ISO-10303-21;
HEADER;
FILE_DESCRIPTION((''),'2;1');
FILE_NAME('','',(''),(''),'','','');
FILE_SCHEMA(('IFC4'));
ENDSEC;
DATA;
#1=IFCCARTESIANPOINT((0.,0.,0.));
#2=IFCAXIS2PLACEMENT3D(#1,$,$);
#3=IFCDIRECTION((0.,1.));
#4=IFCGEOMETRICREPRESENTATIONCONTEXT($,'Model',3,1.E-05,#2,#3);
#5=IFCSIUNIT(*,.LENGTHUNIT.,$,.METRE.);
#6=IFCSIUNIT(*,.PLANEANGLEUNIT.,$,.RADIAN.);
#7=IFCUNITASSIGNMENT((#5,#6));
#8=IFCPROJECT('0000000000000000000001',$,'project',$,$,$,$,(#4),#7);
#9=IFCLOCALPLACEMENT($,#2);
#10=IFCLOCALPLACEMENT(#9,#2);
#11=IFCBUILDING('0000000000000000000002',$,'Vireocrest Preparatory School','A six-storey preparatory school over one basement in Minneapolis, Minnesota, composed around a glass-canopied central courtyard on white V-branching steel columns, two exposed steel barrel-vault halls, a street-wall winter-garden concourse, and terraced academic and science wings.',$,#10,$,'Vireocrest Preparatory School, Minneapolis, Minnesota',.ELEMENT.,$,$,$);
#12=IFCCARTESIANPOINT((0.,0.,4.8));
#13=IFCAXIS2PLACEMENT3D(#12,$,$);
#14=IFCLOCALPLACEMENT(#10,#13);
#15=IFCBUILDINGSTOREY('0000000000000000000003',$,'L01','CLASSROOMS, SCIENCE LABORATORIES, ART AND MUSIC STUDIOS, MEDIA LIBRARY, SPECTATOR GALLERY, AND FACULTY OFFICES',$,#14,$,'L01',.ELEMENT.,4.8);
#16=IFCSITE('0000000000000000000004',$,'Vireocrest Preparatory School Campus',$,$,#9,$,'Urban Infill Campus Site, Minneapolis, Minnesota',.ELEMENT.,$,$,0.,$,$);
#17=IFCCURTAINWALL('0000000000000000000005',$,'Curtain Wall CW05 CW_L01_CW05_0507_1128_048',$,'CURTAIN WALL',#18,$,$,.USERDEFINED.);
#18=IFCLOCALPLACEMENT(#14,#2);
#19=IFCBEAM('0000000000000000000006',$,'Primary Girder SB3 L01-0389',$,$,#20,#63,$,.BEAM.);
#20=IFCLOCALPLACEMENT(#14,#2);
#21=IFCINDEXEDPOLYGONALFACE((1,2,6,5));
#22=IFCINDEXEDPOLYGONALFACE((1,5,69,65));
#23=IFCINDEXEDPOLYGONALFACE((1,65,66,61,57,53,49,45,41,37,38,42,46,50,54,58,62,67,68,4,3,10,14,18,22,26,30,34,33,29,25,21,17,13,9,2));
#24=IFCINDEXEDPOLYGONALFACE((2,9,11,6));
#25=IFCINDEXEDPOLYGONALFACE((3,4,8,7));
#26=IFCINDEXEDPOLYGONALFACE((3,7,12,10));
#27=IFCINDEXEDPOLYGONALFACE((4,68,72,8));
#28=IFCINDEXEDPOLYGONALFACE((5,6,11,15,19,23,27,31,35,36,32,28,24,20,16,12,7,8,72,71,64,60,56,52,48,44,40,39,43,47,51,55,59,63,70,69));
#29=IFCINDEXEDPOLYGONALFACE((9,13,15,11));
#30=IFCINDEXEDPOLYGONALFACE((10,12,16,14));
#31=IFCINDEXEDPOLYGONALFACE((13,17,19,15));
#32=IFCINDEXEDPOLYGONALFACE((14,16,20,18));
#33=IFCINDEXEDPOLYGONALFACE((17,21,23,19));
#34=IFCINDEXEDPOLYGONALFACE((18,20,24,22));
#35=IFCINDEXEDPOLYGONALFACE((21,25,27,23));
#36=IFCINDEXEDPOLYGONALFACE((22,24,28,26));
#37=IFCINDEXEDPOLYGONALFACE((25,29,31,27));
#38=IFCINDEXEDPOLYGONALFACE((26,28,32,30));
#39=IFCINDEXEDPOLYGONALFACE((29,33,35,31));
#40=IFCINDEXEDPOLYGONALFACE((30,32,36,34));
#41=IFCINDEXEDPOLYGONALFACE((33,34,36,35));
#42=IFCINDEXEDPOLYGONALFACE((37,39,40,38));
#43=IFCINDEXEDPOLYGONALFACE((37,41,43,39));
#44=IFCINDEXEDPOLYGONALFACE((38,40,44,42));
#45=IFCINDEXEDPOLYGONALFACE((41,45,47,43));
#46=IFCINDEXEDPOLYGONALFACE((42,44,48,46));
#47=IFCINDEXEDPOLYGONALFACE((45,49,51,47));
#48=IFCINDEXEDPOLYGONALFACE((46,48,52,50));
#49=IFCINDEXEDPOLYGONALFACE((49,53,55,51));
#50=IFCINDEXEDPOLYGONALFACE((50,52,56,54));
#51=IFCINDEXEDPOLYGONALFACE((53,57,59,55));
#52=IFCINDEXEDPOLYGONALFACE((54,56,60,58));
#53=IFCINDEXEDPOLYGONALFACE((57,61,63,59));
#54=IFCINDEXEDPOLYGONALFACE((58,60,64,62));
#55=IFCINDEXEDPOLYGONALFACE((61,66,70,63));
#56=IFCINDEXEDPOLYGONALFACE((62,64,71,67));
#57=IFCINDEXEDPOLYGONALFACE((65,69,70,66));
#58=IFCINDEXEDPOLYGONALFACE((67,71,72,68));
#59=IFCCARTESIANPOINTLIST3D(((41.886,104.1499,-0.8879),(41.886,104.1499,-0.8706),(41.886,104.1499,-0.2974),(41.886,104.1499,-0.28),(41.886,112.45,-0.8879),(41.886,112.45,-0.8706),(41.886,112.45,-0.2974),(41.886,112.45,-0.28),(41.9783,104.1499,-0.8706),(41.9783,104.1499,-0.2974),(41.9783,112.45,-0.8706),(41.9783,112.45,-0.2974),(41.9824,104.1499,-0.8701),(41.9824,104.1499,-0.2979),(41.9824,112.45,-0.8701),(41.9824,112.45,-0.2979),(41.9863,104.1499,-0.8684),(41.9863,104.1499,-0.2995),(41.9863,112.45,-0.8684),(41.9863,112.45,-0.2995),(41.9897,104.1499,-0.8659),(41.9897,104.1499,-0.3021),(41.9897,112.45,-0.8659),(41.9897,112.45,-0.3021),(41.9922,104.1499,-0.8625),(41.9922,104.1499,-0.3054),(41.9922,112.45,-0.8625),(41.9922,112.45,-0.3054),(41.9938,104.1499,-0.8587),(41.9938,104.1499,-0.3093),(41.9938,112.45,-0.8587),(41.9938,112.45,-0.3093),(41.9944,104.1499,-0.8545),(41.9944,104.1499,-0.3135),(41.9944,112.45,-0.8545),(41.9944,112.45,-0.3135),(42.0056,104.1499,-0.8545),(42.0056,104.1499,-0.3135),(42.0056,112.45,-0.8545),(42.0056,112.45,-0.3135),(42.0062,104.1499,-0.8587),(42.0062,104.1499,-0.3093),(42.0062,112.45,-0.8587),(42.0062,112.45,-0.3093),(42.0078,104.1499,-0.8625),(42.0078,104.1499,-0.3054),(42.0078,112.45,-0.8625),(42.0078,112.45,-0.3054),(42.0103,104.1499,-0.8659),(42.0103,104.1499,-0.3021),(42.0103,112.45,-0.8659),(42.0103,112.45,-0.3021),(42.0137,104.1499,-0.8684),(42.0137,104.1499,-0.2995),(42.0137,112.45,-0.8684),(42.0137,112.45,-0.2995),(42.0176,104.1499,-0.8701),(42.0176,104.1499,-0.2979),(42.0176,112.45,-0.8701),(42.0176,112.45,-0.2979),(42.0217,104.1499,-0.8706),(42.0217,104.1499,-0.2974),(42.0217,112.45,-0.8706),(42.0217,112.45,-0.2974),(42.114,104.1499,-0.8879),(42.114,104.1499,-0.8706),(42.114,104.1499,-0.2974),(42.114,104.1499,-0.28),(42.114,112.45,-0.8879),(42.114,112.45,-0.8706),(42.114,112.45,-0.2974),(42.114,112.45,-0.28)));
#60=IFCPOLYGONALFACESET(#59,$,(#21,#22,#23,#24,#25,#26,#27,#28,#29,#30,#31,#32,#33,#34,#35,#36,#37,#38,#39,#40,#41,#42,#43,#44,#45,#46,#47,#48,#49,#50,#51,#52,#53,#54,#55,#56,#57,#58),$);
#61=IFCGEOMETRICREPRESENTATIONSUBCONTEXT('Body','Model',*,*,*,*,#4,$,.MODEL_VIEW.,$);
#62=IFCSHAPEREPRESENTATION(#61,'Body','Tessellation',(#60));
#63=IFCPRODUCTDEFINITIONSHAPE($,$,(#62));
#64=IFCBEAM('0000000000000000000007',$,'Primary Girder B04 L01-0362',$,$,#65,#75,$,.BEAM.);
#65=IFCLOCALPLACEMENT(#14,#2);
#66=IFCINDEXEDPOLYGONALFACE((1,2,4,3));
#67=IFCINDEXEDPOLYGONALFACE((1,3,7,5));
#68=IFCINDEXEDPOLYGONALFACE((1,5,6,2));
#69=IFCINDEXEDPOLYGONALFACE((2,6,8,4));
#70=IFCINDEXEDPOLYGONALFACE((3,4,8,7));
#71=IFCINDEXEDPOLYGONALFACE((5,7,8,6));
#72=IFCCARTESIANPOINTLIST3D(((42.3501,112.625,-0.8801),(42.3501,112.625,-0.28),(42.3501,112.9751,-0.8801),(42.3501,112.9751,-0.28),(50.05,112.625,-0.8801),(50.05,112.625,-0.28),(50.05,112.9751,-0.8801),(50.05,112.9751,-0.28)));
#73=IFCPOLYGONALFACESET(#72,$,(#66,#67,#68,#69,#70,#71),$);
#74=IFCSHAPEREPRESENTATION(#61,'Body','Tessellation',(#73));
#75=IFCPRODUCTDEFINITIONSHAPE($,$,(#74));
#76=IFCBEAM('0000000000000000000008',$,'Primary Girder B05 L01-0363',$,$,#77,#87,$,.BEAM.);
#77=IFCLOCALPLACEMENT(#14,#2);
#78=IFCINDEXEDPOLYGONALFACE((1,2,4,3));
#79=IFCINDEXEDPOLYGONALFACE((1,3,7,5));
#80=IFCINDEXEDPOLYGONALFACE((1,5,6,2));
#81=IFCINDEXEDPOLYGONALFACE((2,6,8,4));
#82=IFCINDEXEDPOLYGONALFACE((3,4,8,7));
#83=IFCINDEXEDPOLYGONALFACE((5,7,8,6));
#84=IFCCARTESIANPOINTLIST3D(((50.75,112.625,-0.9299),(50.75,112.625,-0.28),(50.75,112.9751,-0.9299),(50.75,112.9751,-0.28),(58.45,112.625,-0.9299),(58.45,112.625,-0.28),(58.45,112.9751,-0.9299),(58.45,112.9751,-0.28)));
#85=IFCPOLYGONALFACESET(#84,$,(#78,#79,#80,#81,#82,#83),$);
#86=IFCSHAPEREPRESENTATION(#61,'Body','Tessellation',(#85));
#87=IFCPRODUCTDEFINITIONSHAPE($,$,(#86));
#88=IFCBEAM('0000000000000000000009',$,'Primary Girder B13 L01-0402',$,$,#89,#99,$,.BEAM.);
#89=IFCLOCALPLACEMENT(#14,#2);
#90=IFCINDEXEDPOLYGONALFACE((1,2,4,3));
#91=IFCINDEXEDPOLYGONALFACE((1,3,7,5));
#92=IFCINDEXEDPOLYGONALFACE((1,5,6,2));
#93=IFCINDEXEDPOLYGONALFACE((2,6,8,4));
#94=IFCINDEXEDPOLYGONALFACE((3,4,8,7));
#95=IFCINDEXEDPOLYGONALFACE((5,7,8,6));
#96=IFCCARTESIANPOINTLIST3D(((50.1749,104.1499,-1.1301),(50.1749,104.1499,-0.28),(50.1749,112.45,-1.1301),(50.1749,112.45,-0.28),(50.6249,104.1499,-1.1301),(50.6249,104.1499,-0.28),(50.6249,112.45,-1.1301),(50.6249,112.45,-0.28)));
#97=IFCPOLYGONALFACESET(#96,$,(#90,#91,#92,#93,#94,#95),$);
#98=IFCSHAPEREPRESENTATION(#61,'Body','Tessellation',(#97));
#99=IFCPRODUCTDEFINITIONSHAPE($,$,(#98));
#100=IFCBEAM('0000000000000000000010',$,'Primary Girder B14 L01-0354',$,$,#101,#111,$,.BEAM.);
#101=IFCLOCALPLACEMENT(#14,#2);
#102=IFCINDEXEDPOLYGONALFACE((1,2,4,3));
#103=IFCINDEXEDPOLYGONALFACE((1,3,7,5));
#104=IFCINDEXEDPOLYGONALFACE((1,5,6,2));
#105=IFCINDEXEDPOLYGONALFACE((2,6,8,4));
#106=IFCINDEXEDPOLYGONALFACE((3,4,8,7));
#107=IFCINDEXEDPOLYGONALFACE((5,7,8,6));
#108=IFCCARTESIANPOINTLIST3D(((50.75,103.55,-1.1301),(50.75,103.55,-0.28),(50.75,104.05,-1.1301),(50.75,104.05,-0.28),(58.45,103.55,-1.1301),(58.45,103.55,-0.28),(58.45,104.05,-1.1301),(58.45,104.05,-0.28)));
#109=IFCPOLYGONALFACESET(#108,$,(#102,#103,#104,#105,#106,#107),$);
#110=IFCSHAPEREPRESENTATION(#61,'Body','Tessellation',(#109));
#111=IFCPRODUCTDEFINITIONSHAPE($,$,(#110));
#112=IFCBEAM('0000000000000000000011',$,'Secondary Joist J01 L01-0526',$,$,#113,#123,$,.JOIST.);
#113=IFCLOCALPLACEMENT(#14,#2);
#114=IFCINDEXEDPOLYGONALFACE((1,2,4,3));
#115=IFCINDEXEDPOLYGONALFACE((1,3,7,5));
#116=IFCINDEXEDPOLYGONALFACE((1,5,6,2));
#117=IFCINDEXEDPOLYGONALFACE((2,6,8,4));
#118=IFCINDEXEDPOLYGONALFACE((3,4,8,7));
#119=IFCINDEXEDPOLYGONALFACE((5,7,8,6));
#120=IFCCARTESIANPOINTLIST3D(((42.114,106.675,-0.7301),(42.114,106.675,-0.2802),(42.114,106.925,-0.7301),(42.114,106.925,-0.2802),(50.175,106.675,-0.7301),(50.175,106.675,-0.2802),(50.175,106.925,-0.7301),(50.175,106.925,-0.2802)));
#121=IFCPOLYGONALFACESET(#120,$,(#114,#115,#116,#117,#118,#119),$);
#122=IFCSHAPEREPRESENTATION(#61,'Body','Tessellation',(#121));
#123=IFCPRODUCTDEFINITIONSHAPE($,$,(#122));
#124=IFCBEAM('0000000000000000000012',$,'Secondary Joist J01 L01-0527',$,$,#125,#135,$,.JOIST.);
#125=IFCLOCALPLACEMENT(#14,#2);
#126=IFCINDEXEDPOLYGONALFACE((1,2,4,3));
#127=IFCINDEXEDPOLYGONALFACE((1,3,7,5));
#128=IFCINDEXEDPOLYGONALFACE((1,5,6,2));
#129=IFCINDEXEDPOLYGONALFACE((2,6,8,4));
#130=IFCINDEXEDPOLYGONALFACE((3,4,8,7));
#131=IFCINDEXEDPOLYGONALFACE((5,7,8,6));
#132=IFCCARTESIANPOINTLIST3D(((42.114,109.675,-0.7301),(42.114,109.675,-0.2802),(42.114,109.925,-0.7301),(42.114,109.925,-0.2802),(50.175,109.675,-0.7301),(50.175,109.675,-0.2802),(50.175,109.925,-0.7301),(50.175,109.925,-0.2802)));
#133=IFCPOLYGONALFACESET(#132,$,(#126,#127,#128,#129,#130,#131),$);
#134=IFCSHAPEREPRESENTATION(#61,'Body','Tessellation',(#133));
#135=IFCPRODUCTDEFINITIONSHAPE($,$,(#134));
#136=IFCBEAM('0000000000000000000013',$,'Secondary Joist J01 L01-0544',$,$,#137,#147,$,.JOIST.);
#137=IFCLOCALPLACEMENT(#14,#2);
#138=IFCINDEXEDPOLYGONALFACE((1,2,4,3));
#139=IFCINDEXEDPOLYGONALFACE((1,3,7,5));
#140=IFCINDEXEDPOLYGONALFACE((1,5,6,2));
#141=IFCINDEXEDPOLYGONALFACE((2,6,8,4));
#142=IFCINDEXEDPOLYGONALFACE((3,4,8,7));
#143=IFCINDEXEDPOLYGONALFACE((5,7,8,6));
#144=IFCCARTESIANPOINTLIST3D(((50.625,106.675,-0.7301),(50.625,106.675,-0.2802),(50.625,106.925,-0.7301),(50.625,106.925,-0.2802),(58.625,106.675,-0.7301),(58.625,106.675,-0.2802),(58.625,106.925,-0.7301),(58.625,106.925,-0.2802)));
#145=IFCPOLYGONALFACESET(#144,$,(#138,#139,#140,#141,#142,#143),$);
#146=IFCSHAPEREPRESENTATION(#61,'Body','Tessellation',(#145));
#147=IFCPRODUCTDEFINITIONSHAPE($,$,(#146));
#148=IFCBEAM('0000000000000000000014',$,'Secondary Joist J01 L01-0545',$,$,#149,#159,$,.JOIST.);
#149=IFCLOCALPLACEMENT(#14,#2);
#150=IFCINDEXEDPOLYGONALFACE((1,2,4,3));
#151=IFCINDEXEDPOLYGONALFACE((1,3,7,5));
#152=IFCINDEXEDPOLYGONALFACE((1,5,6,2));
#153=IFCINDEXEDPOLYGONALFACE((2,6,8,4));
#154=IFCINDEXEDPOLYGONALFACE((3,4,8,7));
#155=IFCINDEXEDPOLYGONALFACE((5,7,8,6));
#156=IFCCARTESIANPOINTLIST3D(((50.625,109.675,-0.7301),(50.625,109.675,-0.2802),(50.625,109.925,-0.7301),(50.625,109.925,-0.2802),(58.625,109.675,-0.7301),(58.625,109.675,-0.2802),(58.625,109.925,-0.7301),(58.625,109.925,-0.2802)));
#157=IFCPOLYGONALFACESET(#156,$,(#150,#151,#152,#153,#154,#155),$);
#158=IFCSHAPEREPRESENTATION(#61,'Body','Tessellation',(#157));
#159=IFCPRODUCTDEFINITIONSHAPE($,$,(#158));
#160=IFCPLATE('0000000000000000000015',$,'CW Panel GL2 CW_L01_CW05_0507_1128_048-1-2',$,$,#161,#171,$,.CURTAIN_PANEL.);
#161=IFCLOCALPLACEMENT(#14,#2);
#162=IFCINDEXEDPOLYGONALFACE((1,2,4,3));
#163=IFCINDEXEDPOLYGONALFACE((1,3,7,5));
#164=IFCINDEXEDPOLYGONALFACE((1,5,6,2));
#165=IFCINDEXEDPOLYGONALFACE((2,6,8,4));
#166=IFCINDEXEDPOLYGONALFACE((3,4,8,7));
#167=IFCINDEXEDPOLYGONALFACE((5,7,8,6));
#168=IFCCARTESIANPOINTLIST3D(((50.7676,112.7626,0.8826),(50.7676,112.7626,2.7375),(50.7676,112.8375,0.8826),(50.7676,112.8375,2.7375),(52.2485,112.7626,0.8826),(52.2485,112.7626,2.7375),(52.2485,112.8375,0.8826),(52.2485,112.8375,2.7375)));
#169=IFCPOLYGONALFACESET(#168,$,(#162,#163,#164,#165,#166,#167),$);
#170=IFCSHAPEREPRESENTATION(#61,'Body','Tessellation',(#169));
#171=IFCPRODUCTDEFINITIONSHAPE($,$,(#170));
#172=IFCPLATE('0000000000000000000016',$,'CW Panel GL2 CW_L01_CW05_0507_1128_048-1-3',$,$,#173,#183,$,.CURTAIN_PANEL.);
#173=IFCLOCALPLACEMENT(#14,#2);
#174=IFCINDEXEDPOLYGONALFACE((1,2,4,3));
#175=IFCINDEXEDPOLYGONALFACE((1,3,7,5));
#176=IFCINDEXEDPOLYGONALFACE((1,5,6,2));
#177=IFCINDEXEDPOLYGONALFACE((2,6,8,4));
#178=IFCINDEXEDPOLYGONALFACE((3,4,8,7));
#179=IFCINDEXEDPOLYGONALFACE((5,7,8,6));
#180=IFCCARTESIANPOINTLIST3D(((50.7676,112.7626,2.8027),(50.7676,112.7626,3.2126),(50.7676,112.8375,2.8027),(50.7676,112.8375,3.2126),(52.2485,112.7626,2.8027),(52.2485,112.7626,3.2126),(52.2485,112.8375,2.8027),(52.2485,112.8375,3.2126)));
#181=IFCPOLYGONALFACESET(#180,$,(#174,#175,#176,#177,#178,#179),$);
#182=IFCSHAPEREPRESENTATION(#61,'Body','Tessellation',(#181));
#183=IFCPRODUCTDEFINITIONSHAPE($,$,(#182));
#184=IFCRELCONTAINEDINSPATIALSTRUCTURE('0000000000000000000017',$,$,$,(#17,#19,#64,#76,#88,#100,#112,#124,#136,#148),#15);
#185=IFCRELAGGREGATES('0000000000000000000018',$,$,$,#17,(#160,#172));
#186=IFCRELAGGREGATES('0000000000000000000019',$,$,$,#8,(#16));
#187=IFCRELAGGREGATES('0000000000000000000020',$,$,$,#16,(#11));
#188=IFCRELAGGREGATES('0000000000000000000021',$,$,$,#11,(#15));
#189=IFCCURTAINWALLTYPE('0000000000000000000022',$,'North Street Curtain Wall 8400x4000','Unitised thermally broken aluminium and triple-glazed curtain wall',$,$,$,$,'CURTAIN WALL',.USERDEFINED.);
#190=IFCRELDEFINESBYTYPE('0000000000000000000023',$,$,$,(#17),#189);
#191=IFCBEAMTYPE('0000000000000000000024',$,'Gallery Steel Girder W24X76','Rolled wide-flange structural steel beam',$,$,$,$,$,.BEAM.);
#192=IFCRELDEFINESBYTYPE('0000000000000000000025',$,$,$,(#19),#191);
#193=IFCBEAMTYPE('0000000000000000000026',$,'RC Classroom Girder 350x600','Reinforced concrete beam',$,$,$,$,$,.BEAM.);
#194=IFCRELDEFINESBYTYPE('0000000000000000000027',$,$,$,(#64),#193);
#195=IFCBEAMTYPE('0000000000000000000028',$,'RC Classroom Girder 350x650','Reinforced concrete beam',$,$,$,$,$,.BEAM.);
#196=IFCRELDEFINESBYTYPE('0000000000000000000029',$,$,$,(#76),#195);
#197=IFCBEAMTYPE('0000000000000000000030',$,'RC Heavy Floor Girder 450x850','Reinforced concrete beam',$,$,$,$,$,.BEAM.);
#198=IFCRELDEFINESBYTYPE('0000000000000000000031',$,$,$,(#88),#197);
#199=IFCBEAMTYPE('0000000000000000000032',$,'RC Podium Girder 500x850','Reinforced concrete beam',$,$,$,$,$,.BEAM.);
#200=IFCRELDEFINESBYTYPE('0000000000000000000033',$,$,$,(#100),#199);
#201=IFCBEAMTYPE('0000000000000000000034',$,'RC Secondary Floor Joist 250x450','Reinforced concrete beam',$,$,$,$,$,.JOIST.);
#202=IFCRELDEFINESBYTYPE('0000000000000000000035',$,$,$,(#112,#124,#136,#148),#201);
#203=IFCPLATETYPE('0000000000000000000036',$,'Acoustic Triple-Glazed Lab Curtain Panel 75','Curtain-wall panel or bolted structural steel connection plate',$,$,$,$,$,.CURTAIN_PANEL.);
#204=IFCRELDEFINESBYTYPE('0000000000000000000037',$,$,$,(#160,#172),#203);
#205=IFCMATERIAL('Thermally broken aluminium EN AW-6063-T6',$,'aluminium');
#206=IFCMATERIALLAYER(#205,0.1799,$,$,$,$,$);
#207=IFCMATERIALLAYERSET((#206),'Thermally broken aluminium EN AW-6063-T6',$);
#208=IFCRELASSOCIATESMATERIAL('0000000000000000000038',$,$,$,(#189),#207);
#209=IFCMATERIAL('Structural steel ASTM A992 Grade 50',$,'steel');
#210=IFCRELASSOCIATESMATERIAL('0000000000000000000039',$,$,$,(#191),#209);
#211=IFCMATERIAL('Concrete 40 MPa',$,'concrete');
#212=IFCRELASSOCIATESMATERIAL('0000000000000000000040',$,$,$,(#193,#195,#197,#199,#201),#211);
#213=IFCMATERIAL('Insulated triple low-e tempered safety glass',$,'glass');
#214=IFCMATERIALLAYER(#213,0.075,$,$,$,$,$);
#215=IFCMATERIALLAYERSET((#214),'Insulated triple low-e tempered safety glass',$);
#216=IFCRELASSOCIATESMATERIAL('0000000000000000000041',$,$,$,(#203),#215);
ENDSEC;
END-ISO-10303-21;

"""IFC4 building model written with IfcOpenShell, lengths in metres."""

from ifc_helpers import new_model, si_unit, direction, frame, origin, origin_2d, place, context, subcontext, project, spatial, rectangle, i_section, extrude, material, layer, layer_set, material_profile, profile_set, type_object, element, aggregate, save


model = new_model("IFC4")

# Units and contexts
model_context = context("Model", 3, precision=1e-05, world=origin(), true_north=direction((0.0, 1.0)))
body_context = subcontext(model_context, "Body", "Model", "MODEL_VIEW")
ifc_project = project(units=[si_unit("LENGTHUNIT", "METRE"), si_unit("PLANEANGLEUNIT", "RADIAN")], contexts=[model_context])

# Site, building, storey
site_placement = place(None, origin())
site = spatial("IfcSite", under=ifc_project, at=site_placement, Name="Vireocrest Preparatory School Campus", LongName="Urban Infill Campus Site, Minneapolis, Minnesota", CompositionType="ELEMENT", RefElevation=0.0)
building_placement = place(site_placement, origin())
building = spatial("IfcBuilding", under=site, at=building_placement, Name="Vireocrest Preparatory School", Description="A six-storey preparatory school over one basement in Minneapolis, Minnesota, composed around a glass-canopied central courtyard on white V-branching steel columns, two exposed steel barrel-vault halls, a street-wall winter-garden concourse, and terraced academic and science wings.", LongName="Vireocrest Preparatory School, Minneapolis, Minnesota", CompositionType="ELEMENT")
storey_placement = place(building_placement, frame((0.0, 0.0, 4.8)))
storey = spatial("IfcBuildingStorey", under=building, at=storey_placement, Name="L01", Description="CLASSROOMS, SCIENCE LABORATORIES, ART AND MUSIC STUDIOS, MEDIA LIBRARY, SPECTATOR GALLERY, AND FACULTY OFFICES", LongName="L01", CompositionType="ELEMENT", Elevation=4.8)

# Curtain wall
ifc_material_1 = material(Name="Thermally broken aluminium EN AW-6063-T6", Category="aluminium")
ifc_layer_1 = layer(ifc_material_1, 0.1799)
ifc_layer_set_1 = layer_set([ifc_layer_1], Name="Thermally broken aluminium EN AW-6063-T6")
curtain_wall_type = type_object("IfcCurtainWallType", Name="North Street Curtain Wall 8400x4000", Description="Unitised thermally broken aluminium and triple-glazed curtain wall", ElementType="CURTAIN WALL", PredefinedType="USERDEFINED", material=ifc_layer_set_1)
curtain_wall_placement = place(storey_placement, origin())
curtain_wall = element("IfcCurtainWall", 1, at=curtain_wall_placement, inside=storey, type_object=curtain_wall_type, Name="Curtain Wall CW05 CW_L01_CW05_0507_1128_048", ObjectType="CURTAIN WALL", PredefinedType="USERDEFINED")

# Beams
ifc_material_2 = material(Name="Structural steel ASTM A992 Grade 50", Category="steel")
ifc_material_profile_1 = material_profile(ifc_material_2, i_section(OverallWidth=0.228, OverallDepth=0.6079, WebThickness=0.0112, FlangeThickness=0.0173, FilletRadius=0.0161, at=origin_2d()), Name="W24X76")
ifc_profile_set_1 = profile_set([ifc_material_profile_1], Name="Structural steel ASTM A992 Grade 50")
beam_type_1 = type_object("IfcBeamType", Name="Gallery Steel Girder W24X76", Description="Rolled wide-flange structural steel beam", PredefinedType="BEAM", material=ifc_profile_set_1)
beam_1_placement = place(storey_placement, frame((42.0, 104.1499, -0.584), z_axis=(0.0, 1.0, 0.0), x_axis=(-1.0, 0.0, 0.0)))
element("IfcBeam", 2, at=beam_1_placement, inside=storey, type_object=beam_type_1, Name="Primary Girder SB3 L01-0389", PredefinedType="BEAM", context=body_context, shape_type="SweptSolid", body=[
    extrude(i_section(OverallWidth=0.228, OverallDepth=0.6079, WebThickness=0.0112, FlangeThickness=0.0173, FilletRadius=0.0161, at=origin_2d()), origin(), (0.0, 0.0, 1.0), 8.3),
])
ifc_material_3 = material(Name="Concrete 40 MPa", Category="concrete")
ifc_material_profile_2 = material_profile(ifc_material_3, rectangle(XDim=0.3501, YDim=0.6001, at=origin_2d()), Name="RC 350x600")
ifc_profile_set_2 = profile_set([ifc_material_profile_2], Name="Concrete 40 MPa")
beam_type_2 = type_object("IfcBeamType", Name="RC Classroom Girder 350x600", Description="Reinforced concrete beam", PredefinedType="BEAM", material=ifc_profile_set_2)
beam_2_placement = place(storey_placement, frame((42.3501, 112.8, -0.5801), z_axis=(1.0, 0.0, 0.0), x_axis=(0.0, 1.0, 0.0)))
element("IfcBeam", 3, at=beam_2_placement, inside=storey, type_object=beam_type_2, Name="Primary Girder B04 L01-0362", PredefinedType="BEAM", context=body_context, shape_type="SweptSolid", body=[
    extrude(rectangle(XDim=0.3501, YDim=0.6001, at=origin_2d()), origin(), (0.0, 0.0, 1.0), 7.7),
])
ifc_material_profile_3 = material_profile(ifc_material_3, rectangle(XDim=0.3501, YDim=0.6499, at=origin_2d()), Name="RC 350x650")
ifc_profile_set_3 = profile_set([ifc_material_profile_3], Name="Concrete 40 MPa")
beam_type_3 = type_object("IfcBeamType", Name="RC Classroom Girder 350x650", Description="Reinforced concrete beam", PredefinedType="BEAM", material=ifc_profile_set_3)
beam_3_placement = place(storey_placement, frame((50.75, 112.8, -0.605), z_axis=(1.0, 0.0, 0.0), x_axis=(0.0, 1.0, 0.0)))
element("IfcBeam", 4, at=beam_3_placement, inside=storey, type_object=beam_type_3, Name="Primary Girder B05 L01-0363", PredefinedType="BEAM", context=body_context, shape_type="SweptSolid", body=[
    extrude(rectangle(XDim=0.3501, YDim=0.6499, at=origin_2d()), origin(), (0.0, 0.0, 1.0), 7.7),
])
ifc_material_profile_4 = material_profile(ifc_material_3, rectangle(XDim=0.45, YDim=0.8501, at=origin_2d()), Name="RC 450x850")
ifc_profile_set_4 = profile_set([ifc_material_profile_4], Name="Concrete 40 MPa")
beam_type_4 = type_object("IfcBeamType", Name="RC Heavy Floor Girder 450x850", Description="Reinforced concrete beam", PredefinedType="BEAM", material=ifc_profile_set_4)
beam_4_placement = place(storey_placement, frame((50.3999, 104.1499, -0.7051), z_axis=(0.0, 1.0, 0.0), x_axis=(-1.0, 0.0, 0.0)))
element("IfcBeam", 5, at=beam_4_placement, inside=storey, type_object=beam_type_4, Name="Primary Girder B13 L01-0402", PredefinedType="BEAM", context=body_context, shape_type="SweptSolid", body=[
    extrude(rectangle(XDim=0.45, YDim=0.8501, at=origin_2d()), origin(), (0.0, 0.0, 1.0), 8.3),
])
ifc_material_profile_5 = material_profile(ifc_material_3, rectangle(XDim=0.5, YDim=0.8501, at=origin_2d()), Name="RC 500x850")
ifc_profile_set_5 = profile_set([ifc_material_profile_5], Name="Concrete 40 MPa")
beam_type_5 = type_object("IfcBeamType", Name="RC Podium Girder 500x850", Description="Reinforced concrete beam", PredefinedType="BEAM", material=ifc_profile_set_5)
beam_5_placement = place(storey_placement, frame((50.75, 103.8, -0.7051), z_axis=(1.0, 0.0, 0.0), x_axis=(0.0, 1.0, 0.0)))
element("IfcBeam", 6, at=beam_5_placement, inside=storey, type_object=beam_type_5, Name="Primary Girder B14 L01-0354", PredefinedType="BEAM", context=body_context, shape_type="SweptSolid", body=[
    extrude(rectangle(XDim=0.5, YDim=0.8501, at=origin_2d()), origin(), (0.0, 0.0, 1.0), 7.7),
])
ifc_material_profile_6 = material_profile(ifc_material_3, rectangle(XDim=0.25, YDim=0.45, at=origin_2d()), Name="RC 250x450")
ifc_profile_set_6 = profile_set([ifc_material_profile_6], Name="Concrete 40 MPa")
beam_type_6 = type_object("IfcBeamType", Name="RC Secondary Floor Joist 250x450", Description="Reinforced concrete beam", PredefinedType="JOIST", material=ifc_profile_set_6)
for number, where, z_axis, x_axis, name in (
    (7, (42.114, 106.8, -0.5051), (1.0, 0.0, 0.0), (0.0, 1.0, 0.0), "Secondary Joist J01 L01-0526"),
    (8, (42.114, 109.8, -0.5051), (1.0, 0.0, 0.0), (0.0, 1.0, 0.0), "Secondary Joist J01 L01-0527"),
):
    element("IfcBeam", number, at=place(storey_placement, frame(where, z_axis=z_axis, x_axis=x_axis)), inside=storey, type_object=beam_type_6, Name=name, PredefinedType="JOIST", context=body_context, shape_type="SweptSolid", body=[
        extrude(rectangle(XDim=0.25, YDim=0.45, at=origin_2d()), origin(), (0.0, 0.0, 1.0), 8.061),
    ])
for number, where, z_axis, x_axis, name in (
    (9, (50.625, 106.8, -0.5051), (1.0, 0.0, 0.0), (0.0, 1.0, 0.0), "Secondary Joist J01 L01-0544"),
    (10, (50.625, 109.8, -0.5051), (1.0, 0.0, 0.0), (0.0, 1.0, 0.0), "Secondary Joist J01 L01-0545"),
):
    element("IfcBeam", number, at=place(storey_placement, frame(where, z_axis=z_axis, x_axis=x_axis)), inside=storey, type_object=beam_type_6, Name=name, PredefinedType="JOIST", context=body_context, shape_type="SweptSolid", body=[
        extrude(rectangle(XDim=0.25, YDim=0.45, at=origin_2d()), origin(), (0.0, 0.0, 1.0), 8.0),
    ])

# Plates
ifc_material_4 = material(Name="Insulated triple low-e tempered safety glass", Category="glass")
ifc_layer_2 = layer(ifc_material_4, 0.075)
ifc_layer_set_2 = layer_set([ifc_layer_2], Name="Insulated triple low-e tempered safety glass")
plate_type_1 = type_object("IfcPlateType", Name="Acoustic Triple-Glazed Lab Curtain Panel 75", Description="Curtain-wall panel or bolted structural steel connection plate", PredefinedType="CURTAIN_PANEL", material=ifc_layer_set_2)
plate_1_placement = place(storey_placement, frame((51.5081, 112.8, 0.8826), z_axis=(0.0, 0.0, 1.0), x_axis=(1.0, 0.0, 0.0)))
plate_1 = element("IfcPlate", 11, at=plate_1_placement, type_object=plate_type_1, Name="CW Panel GL2 CW_L01_CW05_0507_1128_048-1-2", PredefinedType="CURTAIN_PANEL", context=body_context, shape_type="SweptSolid", body=[
    extrude(rectangle(XDim=1.481, YDim=0.075, at=origin_2d()), origin(), (0.0, 0.0, 1.0), 1.855),
])
plate_2_placement = place(storey_placement, frame((51.5081, 112.8, 2.8027), z_axis=(0.0, 0.0, 1.0), x_axis=(1.0, 0.0, 0.0)))
plate_2 = element("IfcPlate", 12, at=plate_2_placement, type_object=plate_type_1, Name="CW Panel GL2 CW_L01_CW05_0507_1128_048-1-3", PredefinedType="CURTAIN_PANEL", context=body_context, shape_type="SweptSolid", body=[
    extrude(rectangle(XDim=1.481, YDim=0.075, at=origin_2d()), origin(), (0.0, 0.0, 1.0), 0.4099),
])
aggregate(curtain_wall, [plate_1, plate_2])

save(model, "model.ifc")
